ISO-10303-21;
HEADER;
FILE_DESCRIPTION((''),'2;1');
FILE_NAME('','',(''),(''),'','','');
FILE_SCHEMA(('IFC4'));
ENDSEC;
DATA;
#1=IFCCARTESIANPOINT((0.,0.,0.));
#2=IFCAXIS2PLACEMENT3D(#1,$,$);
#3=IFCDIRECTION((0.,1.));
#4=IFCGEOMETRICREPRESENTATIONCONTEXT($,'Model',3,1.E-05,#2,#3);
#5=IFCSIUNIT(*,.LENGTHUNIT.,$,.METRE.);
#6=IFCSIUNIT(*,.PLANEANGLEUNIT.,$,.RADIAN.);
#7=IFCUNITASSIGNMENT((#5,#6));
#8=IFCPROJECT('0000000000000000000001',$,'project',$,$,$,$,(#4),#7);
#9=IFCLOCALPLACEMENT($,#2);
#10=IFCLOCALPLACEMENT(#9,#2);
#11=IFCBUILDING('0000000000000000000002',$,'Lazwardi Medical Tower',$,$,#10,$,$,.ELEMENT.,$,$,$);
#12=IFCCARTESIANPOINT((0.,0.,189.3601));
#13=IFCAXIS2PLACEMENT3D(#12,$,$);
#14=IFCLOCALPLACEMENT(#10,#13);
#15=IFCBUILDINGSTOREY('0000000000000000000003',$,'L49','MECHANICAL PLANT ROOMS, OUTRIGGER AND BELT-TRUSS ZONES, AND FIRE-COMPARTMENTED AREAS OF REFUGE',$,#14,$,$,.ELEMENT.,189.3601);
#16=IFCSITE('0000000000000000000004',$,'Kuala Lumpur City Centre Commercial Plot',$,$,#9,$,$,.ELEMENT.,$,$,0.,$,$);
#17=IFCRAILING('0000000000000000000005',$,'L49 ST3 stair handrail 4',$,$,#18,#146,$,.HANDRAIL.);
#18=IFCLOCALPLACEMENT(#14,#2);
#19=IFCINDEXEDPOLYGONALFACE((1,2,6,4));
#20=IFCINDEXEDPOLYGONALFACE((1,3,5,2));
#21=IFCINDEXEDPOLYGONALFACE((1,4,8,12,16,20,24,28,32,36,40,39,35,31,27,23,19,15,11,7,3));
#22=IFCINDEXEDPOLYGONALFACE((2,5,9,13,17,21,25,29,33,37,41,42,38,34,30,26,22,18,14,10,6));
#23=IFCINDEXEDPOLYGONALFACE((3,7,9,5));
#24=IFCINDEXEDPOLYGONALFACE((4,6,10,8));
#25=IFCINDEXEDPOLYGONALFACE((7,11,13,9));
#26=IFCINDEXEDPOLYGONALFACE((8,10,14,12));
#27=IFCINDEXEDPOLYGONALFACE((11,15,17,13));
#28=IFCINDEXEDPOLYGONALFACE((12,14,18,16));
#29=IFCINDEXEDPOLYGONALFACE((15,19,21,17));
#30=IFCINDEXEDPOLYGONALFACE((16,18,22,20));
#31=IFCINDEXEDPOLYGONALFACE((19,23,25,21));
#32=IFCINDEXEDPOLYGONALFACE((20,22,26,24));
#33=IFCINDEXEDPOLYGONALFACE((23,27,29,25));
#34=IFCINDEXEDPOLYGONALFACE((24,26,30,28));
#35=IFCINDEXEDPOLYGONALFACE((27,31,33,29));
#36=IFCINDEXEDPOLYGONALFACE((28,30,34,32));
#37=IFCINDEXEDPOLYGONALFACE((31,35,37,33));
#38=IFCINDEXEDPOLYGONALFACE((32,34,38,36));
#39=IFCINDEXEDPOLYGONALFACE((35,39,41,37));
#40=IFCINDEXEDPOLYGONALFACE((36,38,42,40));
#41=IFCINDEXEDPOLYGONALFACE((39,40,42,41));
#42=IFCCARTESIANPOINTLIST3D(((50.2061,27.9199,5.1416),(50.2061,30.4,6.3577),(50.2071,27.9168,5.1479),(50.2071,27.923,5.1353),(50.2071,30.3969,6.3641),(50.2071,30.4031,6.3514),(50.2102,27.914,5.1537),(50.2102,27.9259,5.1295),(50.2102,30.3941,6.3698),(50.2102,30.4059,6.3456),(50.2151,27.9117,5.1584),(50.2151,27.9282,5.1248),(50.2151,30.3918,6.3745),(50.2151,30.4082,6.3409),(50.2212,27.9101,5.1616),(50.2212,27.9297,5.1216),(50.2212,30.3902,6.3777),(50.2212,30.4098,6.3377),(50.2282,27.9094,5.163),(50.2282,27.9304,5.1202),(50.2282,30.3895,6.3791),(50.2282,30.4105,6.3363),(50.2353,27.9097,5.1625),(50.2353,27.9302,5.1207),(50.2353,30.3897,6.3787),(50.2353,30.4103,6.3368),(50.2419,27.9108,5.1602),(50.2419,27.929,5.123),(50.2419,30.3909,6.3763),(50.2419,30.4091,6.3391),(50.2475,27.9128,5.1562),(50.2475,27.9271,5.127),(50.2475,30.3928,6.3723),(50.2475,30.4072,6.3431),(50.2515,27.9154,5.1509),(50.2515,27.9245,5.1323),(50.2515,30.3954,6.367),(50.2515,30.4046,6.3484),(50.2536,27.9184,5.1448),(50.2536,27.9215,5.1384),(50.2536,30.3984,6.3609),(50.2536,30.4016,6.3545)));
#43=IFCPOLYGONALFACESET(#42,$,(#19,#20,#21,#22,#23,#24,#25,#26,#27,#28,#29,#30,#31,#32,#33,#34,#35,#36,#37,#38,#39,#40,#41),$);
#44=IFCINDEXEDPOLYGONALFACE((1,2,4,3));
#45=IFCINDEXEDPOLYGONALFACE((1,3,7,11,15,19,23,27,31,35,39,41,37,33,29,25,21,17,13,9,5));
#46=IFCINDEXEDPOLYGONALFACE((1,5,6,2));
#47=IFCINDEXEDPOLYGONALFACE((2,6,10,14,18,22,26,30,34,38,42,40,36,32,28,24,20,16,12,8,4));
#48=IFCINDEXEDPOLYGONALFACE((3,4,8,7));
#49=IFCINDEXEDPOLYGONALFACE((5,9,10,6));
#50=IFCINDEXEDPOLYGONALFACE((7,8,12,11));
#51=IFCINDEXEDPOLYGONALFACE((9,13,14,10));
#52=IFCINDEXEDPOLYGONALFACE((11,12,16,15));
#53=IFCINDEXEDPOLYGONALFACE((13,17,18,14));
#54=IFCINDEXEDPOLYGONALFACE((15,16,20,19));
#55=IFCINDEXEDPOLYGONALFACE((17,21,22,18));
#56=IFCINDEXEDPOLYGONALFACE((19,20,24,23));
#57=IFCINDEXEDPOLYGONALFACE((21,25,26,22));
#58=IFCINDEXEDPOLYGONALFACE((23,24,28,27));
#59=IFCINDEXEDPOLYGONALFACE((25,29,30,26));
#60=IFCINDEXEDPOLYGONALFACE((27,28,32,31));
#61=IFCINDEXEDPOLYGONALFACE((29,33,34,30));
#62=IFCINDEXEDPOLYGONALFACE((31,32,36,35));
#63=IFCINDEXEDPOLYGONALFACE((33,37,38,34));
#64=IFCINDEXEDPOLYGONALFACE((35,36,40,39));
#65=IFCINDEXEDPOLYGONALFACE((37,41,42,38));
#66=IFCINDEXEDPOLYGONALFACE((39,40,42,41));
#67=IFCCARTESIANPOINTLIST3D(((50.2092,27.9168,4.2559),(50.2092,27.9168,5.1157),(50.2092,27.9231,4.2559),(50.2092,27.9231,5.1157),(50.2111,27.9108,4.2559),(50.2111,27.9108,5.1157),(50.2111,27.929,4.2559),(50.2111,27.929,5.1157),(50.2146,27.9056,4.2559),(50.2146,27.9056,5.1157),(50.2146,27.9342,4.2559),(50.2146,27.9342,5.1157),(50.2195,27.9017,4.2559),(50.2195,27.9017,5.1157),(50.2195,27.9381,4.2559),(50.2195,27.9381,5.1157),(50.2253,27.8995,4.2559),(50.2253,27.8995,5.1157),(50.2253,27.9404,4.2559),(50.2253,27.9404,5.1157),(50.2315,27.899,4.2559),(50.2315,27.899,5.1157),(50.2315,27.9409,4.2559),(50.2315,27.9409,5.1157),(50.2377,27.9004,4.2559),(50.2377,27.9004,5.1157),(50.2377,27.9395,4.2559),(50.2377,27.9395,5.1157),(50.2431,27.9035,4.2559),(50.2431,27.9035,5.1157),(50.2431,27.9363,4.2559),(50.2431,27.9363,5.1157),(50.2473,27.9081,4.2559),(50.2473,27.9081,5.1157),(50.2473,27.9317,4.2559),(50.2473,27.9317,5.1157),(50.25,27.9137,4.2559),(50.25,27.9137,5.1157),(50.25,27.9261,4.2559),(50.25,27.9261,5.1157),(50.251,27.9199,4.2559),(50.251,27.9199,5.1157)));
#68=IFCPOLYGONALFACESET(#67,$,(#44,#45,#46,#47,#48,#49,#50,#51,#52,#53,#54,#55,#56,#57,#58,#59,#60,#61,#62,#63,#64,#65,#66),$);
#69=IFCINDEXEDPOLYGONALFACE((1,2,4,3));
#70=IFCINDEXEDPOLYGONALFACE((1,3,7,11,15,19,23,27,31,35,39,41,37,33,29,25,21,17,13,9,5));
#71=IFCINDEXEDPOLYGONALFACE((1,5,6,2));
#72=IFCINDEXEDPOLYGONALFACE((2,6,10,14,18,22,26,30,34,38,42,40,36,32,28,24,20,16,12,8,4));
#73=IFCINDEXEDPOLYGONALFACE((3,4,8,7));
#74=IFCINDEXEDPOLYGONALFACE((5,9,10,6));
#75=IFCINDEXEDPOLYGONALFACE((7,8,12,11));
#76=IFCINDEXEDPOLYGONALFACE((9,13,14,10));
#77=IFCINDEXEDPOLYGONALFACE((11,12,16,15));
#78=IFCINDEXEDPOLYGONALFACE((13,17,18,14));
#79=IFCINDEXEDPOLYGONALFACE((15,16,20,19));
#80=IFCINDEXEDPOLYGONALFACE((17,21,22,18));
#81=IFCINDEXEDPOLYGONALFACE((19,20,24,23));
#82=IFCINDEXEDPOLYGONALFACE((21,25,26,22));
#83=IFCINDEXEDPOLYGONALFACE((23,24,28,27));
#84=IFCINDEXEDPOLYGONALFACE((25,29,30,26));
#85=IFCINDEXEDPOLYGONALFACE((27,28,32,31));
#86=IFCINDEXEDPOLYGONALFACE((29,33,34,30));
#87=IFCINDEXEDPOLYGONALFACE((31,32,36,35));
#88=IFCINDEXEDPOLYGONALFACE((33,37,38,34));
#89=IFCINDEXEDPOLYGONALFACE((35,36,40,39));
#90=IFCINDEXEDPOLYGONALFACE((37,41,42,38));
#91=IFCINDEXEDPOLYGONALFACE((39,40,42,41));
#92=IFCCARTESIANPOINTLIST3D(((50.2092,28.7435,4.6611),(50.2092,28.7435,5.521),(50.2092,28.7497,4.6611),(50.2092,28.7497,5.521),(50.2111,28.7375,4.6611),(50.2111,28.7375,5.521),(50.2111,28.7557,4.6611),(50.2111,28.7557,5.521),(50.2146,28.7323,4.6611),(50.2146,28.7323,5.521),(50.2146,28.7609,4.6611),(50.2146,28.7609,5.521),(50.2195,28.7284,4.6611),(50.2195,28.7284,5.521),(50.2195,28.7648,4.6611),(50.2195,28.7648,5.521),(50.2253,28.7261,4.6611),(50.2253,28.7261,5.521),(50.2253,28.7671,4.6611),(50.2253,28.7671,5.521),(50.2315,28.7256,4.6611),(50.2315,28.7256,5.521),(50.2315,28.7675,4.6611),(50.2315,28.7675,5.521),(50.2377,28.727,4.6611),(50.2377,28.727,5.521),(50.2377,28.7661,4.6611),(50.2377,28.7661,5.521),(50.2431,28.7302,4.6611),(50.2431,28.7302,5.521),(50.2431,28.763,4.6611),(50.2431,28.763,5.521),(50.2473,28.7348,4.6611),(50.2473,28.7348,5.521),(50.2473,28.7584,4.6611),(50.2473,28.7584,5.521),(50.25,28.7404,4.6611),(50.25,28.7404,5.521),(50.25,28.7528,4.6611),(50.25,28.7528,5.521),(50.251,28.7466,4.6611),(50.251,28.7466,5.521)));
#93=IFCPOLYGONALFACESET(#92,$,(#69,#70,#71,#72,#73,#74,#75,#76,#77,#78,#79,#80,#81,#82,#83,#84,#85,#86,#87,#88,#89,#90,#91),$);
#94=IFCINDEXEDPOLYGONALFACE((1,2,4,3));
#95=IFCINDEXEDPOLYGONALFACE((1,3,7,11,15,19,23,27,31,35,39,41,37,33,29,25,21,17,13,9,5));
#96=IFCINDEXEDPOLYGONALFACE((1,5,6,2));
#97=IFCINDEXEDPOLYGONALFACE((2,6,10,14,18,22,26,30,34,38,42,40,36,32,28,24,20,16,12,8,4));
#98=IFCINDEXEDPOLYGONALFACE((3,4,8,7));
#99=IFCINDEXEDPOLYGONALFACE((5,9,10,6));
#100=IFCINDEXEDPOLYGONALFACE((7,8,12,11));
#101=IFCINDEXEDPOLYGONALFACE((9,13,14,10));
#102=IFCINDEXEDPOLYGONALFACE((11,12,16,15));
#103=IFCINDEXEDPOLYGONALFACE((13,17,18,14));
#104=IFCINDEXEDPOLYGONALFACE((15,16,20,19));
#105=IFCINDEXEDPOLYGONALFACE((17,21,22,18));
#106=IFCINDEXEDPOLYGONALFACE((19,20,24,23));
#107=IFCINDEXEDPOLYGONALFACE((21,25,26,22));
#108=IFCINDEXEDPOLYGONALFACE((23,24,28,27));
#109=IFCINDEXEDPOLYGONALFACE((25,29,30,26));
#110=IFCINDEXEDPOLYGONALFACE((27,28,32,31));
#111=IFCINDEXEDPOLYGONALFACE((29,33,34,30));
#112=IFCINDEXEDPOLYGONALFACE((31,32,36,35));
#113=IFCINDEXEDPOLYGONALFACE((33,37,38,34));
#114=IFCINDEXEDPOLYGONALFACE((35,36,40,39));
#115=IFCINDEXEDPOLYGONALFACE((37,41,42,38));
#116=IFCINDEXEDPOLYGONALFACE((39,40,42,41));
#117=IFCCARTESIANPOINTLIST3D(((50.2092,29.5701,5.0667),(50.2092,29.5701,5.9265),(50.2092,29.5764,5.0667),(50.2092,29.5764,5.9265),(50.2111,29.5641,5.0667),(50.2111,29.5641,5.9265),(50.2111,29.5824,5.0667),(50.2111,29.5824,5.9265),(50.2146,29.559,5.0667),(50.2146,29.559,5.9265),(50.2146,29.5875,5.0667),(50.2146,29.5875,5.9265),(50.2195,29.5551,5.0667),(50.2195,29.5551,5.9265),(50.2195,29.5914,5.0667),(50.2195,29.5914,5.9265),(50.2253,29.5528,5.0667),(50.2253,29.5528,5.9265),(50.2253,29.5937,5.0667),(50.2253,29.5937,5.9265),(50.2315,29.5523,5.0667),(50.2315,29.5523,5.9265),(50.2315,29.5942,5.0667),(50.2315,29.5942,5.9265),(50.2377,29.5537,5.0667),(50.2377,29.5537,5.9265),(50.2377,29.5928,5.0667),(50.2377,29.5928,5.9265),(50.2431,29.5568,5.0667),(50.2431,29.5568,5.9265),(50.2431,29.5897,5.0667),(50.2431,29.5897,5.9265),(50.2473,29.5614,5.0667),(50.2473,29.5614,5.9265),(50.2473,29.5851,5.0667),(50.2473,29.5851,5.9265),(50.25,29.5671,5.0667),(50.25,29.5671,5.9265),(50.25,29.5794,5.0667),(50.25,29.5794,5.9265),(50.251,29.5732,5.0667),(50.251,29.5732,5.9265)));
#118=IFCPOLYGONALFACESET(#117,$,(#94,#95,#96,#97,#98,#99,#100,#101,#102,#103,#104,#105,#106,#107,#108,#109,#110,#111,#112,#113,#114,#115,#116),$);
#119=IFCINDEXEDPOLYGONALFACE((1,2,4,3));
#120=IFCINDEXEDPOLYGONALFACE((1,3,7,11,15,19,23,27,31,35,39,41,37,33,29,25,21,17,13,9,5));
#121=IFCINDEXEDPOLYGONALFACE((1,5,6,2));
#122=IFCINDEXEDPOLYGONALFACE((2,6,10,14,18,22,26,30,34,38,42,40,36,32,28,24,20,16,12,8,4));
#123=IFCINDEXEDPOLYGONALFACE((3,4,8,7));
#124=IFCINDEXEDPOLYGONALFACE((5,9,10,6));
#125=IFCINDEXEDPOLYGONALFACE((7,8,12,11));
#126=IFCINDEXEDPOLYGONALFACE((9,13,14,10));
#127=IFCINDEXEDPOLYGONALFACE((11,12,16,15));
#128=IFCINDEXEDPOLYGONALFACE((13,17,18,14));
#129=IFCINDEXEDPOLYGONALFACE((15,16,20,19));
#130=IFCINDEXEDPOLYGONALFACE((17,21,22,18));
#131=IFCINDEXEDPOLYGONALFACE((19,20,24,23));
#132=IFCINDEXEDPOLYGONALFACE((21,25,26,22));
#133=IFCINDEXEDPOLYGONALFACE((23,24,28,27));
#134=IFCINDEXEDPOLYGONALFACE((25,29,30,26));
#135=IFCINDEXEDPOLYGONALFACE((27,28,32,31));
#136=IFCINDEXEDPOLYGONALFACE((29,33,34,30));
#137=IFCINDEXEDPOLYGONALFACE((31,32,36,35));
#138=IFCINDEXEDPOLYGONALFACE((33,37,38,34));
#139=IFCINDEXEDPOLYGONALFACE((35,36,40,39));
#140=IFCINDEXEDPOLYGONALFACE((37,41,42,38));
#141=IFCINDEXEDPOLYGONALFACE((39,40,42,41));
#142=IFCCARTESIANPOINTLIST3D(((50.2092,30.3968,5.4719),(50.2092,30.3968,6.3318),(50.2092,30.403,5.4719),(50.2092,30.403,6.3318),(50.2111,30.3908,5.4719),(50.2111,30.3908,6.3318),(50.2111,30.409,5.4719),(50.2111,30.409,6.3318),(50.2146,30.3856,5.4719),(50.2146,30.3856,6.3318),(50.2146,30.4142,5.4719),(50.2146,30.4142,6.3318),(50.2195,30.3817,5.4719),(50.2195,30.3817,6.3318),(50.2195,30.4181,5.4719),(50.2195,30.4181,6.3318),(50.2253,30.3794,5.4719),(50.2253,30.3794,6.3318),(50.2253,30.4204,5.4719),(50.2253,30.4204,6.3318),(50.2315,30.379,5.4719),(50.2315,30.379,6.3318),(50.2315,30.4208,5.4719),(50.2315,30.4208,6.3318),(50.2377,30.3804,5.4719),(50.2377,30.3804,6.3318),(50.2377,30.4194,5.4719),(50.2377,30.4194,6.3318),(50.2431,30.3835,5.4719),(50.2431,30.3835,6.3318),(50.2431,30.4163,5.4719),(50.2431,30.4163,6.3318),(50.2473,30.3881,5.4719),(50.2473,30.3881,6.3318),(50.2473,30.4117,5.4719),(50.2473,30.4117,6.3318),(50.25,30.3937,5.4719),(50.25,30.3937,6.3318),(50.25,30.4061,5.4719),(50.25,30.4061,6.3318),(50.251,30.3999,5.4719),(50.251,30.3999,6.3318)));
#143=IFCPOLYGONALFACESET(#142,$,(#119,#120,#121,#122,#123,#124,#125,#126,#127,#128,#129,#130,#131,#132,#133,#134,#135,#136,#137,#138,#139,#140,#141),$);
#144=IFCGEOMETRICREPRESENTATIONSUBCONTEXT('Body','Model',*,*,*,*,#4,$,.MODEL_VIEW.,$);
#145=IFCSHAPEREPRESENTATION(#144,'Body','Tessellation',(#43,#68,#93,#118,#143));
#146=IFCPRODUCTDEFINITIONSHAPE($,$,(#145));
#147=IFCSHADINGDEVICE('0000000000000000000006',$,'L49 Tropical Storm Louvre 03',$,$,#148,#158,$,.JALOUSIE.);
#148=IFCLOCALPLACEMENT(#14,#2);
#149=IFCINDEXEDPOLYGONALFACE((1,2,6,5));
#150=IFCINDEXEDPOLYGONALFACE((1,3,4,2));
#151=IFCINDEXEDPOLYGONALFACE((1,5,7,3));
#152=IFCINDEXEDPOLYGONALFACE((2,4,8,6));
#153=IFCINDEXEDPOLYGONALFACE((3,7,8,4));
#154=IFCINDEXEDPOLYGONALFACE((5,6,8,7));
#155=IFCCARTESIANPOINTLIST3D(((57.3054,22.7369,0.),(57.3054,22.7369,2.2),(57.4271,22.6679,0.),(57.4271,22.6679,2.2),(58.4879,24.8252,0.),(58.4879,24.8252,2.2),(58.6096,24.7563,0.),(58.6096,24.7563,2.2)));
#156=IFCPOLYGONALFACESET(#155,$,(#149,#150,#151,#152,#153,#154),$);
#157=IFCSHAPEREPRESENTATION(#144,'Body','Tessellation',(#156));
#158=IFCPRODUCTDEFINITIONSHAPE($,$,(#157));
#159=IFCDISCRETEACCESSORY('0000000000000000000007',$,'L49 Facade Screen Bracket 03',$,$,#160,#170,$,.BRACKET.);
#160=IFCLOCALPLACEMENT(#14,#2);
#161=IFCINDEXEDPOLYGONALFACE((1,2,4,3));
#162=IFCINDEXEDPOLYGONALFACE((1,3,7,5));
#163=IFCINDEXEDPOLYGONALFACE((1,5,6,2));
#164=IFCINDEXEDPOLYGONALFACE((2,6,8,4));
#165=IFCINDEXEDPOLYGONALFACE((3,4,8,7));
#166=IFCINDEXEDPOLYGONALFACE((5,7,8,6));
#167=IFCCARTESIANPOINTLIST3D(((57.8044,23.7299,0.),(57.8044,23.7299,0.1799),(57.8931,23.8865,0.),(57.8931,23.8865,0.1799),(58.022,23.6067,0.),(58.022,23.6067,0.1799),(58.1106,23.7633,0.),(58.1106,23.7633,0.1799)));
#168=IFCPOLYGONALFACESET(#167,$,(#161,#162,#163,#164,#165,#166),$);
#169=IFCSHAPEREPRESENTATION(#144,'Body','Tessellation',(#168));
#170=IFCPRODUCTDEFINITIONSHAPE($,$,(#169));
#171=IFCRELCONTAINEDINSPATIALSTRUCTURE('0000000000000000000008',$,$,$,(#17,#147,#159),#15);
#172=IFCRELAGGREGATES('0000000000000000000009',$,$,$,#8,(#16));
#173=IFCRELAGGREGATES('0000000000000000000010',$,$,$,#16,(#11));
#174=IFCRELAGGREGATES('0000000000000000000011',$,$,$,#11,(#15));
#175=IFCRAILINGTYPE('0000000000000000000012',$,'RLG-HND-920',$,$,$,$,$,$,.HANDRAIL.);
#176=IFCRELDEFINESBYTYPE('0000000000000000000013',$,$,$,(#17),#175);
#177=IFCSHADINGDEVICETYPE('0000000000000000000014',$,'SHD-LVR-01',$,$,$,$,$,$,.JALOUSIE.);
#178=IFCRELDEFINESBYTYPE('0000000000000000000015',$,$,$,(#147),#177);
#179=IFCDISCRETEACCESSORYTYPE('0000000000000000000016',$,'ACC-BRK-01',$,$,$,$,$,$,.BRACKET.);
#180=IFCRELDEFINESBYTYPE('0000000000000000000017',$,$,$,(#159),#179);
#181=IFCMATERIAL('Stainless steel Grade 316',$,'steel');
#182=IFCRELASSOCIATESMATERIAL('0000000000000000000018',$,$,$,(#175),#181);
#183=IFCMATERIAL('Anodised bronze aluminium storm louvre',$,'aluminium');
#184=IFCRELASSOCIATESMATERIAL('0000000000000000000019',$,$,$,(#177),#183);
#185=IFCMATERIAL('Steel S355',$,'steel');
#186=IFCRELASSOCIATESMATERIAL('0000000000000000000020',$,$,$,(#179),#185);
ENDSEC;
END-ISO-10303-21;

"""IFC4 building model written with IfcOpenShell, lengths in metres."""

from ifc_helpers import new_model, si_unit, direction, frame, origin, origin_2d, place, context, subcontext, project, spatial, rectangle, circle, extrude, material, type_object, element, save


model = new_model("IFC4")

# Units and contexts
model_context = context("Model", 3, precision=1e-05, world=origin(), true_north=direction((0.0, 1.0)))
body_context = subcontext(model_context, "Body", "Model", "MODEL_VIEW")
ifc_project = project(units=[si_unit("LENGTHUNIT", "METRE"), si_unit("PLANEANGLEUNIT", "RADIAN")], contexts=[model_context])

# Site, building, storey
site_placement = place(None, origin())
site = spatial("IfcSite", under=ifc_project, at=site_placement, Name="Kuala Lumpur City Centre Commercial Plot", CompositionType="ELEMENT", RefElevation=0.0)
building_placement = place(site_placement, origin())
building = spatial("IfcBuilding", under=site, at=building_placement, Name="Lazwardi Medical Tower", CompositionType="ELEMENT")
storey_placement = place(building_placement, frame((0.0, 0.0, 189.3601)))
storey = spatial("IfcBuildingStorey", under=building, at=storey_placement, Name="L49", Description="MECHANICAL PLANT ROOMS, OUTRIGGER AND BELT-TRUSS ZONES, AND FIRE-COMPARTMENTED AREAS OF REFUGE", CompositionType="ELEMENT", Elevation=189.3601)

# Shared definitions
ifc_material_1 = material(Name="Steel S355", Category="steel")

# Railing
ifc_material_2 = material(Name="Stainless steel Grade 316", Category="steel")
railing_type_1 = type_object("IfcRailingType", Name="RLG-HND-920", PredefinedType="HANDRAIL", material=ifc_material_2)
for number, where, name in (
    (1, (50.23, 27.9199, 4.2559), "L49 ST3 stair handrail 4"),
):
    element("IfcRailing", number, at=place(storey_placement, frame(where)), inside=storey, type_object=railing_type_1, Name=name, PredefinedType="HANDRAIL", context=body_context, shape_type="SweptSolid", body=[
        extrude(circle(Radius=0.0239, at=origin_2d()), frame((0.0, 0.0, 0.8857), z_axis=(0.0, 0.897865, 0.44027), x_axis=(-1.0, 0.0, 0.0)), (0.0, 0.0, 1.0), 2.7622),
        extrude(circle(Radius=0.021, at=origin_2d()), origin(), (0.0, 0.0, 1.0), 0.8599),
        extrude(circle(Radius=0.021, at=origin_2d()), frame((0.0, 0.8267, 0.4053)), (0.0, 0.0, 1.0), 0.8599),
        extrude(circle(Radius=0.021, at=origin_2d()), frame((0.0, 1.6533, 0.8108)), (0.0, 0.0, 1.0), 0.8599),
        extrude(circle(Radius=0.021, at=origin_2d()), frame((0.0, 2.48, 1.2161)), (0.0, 0.0, 1.0), 0.8599),
    ])

# Shading device
ifc_material_3 = material(Name="Anodised bronze aluminium storm louvre", Category="aluminium")
shading_device_type = type_object("IfcShadingDeviceType", Name="SHD-LVR-01", PredefinedType="JALOUSIE", material=ifc_material_3)
shading_device_placement = place(storey_placement, frame((57.9575, 23.7466, 0.0), z_axis=(0.0, 0.0, 1.0), x_axis=(0.492726, 0.870185, 0.0)))
element("IfcShadingDevice", 2, at=shading_device_placement, inside=storey, type_object=shading_device_type, Name="L49 Tropical Storm Louvre 03", PredefinedType="JALOUSIE", context=body_context, shape_type="SweptSolid", body=[
    extrude(rectangle(XDim=2.3999, YDim=0.1399, at=origin_2d()), origin(), (0.0, 0.0, 1.0), 2.2),
])

# Discrete accessory
discrete_accessory_type = type_object("IfcDiscreteAccessoryType", Name="ACC-BRK-01", PredefinedType="BRACKET", material=ifc_material_1)
discrete_accessory_placement = place(storey_placement, frame((57.9575, 23.7466, 0.0), z_axis=(0.0, 0.0, 1.0), x_axis=(0.492726, 0.870185, 0.0)))
element("IfcDiscreteAccessory", 3, at=discrete_accessory_placement, inside=storey, type_object=discrete_accessory_type, Name="L49 Facade Screen Bracket 03", PredefinedType="BRACKET", context=body_context, shape_type="SweptSolid", body=[
    extrude(rectangle(XDim=0.1799, YDim=0.25, at=origin_2d()), origin(), (0.0, 0.0, 1.0), 0.1799),
])

save(model, "model.ifc")
